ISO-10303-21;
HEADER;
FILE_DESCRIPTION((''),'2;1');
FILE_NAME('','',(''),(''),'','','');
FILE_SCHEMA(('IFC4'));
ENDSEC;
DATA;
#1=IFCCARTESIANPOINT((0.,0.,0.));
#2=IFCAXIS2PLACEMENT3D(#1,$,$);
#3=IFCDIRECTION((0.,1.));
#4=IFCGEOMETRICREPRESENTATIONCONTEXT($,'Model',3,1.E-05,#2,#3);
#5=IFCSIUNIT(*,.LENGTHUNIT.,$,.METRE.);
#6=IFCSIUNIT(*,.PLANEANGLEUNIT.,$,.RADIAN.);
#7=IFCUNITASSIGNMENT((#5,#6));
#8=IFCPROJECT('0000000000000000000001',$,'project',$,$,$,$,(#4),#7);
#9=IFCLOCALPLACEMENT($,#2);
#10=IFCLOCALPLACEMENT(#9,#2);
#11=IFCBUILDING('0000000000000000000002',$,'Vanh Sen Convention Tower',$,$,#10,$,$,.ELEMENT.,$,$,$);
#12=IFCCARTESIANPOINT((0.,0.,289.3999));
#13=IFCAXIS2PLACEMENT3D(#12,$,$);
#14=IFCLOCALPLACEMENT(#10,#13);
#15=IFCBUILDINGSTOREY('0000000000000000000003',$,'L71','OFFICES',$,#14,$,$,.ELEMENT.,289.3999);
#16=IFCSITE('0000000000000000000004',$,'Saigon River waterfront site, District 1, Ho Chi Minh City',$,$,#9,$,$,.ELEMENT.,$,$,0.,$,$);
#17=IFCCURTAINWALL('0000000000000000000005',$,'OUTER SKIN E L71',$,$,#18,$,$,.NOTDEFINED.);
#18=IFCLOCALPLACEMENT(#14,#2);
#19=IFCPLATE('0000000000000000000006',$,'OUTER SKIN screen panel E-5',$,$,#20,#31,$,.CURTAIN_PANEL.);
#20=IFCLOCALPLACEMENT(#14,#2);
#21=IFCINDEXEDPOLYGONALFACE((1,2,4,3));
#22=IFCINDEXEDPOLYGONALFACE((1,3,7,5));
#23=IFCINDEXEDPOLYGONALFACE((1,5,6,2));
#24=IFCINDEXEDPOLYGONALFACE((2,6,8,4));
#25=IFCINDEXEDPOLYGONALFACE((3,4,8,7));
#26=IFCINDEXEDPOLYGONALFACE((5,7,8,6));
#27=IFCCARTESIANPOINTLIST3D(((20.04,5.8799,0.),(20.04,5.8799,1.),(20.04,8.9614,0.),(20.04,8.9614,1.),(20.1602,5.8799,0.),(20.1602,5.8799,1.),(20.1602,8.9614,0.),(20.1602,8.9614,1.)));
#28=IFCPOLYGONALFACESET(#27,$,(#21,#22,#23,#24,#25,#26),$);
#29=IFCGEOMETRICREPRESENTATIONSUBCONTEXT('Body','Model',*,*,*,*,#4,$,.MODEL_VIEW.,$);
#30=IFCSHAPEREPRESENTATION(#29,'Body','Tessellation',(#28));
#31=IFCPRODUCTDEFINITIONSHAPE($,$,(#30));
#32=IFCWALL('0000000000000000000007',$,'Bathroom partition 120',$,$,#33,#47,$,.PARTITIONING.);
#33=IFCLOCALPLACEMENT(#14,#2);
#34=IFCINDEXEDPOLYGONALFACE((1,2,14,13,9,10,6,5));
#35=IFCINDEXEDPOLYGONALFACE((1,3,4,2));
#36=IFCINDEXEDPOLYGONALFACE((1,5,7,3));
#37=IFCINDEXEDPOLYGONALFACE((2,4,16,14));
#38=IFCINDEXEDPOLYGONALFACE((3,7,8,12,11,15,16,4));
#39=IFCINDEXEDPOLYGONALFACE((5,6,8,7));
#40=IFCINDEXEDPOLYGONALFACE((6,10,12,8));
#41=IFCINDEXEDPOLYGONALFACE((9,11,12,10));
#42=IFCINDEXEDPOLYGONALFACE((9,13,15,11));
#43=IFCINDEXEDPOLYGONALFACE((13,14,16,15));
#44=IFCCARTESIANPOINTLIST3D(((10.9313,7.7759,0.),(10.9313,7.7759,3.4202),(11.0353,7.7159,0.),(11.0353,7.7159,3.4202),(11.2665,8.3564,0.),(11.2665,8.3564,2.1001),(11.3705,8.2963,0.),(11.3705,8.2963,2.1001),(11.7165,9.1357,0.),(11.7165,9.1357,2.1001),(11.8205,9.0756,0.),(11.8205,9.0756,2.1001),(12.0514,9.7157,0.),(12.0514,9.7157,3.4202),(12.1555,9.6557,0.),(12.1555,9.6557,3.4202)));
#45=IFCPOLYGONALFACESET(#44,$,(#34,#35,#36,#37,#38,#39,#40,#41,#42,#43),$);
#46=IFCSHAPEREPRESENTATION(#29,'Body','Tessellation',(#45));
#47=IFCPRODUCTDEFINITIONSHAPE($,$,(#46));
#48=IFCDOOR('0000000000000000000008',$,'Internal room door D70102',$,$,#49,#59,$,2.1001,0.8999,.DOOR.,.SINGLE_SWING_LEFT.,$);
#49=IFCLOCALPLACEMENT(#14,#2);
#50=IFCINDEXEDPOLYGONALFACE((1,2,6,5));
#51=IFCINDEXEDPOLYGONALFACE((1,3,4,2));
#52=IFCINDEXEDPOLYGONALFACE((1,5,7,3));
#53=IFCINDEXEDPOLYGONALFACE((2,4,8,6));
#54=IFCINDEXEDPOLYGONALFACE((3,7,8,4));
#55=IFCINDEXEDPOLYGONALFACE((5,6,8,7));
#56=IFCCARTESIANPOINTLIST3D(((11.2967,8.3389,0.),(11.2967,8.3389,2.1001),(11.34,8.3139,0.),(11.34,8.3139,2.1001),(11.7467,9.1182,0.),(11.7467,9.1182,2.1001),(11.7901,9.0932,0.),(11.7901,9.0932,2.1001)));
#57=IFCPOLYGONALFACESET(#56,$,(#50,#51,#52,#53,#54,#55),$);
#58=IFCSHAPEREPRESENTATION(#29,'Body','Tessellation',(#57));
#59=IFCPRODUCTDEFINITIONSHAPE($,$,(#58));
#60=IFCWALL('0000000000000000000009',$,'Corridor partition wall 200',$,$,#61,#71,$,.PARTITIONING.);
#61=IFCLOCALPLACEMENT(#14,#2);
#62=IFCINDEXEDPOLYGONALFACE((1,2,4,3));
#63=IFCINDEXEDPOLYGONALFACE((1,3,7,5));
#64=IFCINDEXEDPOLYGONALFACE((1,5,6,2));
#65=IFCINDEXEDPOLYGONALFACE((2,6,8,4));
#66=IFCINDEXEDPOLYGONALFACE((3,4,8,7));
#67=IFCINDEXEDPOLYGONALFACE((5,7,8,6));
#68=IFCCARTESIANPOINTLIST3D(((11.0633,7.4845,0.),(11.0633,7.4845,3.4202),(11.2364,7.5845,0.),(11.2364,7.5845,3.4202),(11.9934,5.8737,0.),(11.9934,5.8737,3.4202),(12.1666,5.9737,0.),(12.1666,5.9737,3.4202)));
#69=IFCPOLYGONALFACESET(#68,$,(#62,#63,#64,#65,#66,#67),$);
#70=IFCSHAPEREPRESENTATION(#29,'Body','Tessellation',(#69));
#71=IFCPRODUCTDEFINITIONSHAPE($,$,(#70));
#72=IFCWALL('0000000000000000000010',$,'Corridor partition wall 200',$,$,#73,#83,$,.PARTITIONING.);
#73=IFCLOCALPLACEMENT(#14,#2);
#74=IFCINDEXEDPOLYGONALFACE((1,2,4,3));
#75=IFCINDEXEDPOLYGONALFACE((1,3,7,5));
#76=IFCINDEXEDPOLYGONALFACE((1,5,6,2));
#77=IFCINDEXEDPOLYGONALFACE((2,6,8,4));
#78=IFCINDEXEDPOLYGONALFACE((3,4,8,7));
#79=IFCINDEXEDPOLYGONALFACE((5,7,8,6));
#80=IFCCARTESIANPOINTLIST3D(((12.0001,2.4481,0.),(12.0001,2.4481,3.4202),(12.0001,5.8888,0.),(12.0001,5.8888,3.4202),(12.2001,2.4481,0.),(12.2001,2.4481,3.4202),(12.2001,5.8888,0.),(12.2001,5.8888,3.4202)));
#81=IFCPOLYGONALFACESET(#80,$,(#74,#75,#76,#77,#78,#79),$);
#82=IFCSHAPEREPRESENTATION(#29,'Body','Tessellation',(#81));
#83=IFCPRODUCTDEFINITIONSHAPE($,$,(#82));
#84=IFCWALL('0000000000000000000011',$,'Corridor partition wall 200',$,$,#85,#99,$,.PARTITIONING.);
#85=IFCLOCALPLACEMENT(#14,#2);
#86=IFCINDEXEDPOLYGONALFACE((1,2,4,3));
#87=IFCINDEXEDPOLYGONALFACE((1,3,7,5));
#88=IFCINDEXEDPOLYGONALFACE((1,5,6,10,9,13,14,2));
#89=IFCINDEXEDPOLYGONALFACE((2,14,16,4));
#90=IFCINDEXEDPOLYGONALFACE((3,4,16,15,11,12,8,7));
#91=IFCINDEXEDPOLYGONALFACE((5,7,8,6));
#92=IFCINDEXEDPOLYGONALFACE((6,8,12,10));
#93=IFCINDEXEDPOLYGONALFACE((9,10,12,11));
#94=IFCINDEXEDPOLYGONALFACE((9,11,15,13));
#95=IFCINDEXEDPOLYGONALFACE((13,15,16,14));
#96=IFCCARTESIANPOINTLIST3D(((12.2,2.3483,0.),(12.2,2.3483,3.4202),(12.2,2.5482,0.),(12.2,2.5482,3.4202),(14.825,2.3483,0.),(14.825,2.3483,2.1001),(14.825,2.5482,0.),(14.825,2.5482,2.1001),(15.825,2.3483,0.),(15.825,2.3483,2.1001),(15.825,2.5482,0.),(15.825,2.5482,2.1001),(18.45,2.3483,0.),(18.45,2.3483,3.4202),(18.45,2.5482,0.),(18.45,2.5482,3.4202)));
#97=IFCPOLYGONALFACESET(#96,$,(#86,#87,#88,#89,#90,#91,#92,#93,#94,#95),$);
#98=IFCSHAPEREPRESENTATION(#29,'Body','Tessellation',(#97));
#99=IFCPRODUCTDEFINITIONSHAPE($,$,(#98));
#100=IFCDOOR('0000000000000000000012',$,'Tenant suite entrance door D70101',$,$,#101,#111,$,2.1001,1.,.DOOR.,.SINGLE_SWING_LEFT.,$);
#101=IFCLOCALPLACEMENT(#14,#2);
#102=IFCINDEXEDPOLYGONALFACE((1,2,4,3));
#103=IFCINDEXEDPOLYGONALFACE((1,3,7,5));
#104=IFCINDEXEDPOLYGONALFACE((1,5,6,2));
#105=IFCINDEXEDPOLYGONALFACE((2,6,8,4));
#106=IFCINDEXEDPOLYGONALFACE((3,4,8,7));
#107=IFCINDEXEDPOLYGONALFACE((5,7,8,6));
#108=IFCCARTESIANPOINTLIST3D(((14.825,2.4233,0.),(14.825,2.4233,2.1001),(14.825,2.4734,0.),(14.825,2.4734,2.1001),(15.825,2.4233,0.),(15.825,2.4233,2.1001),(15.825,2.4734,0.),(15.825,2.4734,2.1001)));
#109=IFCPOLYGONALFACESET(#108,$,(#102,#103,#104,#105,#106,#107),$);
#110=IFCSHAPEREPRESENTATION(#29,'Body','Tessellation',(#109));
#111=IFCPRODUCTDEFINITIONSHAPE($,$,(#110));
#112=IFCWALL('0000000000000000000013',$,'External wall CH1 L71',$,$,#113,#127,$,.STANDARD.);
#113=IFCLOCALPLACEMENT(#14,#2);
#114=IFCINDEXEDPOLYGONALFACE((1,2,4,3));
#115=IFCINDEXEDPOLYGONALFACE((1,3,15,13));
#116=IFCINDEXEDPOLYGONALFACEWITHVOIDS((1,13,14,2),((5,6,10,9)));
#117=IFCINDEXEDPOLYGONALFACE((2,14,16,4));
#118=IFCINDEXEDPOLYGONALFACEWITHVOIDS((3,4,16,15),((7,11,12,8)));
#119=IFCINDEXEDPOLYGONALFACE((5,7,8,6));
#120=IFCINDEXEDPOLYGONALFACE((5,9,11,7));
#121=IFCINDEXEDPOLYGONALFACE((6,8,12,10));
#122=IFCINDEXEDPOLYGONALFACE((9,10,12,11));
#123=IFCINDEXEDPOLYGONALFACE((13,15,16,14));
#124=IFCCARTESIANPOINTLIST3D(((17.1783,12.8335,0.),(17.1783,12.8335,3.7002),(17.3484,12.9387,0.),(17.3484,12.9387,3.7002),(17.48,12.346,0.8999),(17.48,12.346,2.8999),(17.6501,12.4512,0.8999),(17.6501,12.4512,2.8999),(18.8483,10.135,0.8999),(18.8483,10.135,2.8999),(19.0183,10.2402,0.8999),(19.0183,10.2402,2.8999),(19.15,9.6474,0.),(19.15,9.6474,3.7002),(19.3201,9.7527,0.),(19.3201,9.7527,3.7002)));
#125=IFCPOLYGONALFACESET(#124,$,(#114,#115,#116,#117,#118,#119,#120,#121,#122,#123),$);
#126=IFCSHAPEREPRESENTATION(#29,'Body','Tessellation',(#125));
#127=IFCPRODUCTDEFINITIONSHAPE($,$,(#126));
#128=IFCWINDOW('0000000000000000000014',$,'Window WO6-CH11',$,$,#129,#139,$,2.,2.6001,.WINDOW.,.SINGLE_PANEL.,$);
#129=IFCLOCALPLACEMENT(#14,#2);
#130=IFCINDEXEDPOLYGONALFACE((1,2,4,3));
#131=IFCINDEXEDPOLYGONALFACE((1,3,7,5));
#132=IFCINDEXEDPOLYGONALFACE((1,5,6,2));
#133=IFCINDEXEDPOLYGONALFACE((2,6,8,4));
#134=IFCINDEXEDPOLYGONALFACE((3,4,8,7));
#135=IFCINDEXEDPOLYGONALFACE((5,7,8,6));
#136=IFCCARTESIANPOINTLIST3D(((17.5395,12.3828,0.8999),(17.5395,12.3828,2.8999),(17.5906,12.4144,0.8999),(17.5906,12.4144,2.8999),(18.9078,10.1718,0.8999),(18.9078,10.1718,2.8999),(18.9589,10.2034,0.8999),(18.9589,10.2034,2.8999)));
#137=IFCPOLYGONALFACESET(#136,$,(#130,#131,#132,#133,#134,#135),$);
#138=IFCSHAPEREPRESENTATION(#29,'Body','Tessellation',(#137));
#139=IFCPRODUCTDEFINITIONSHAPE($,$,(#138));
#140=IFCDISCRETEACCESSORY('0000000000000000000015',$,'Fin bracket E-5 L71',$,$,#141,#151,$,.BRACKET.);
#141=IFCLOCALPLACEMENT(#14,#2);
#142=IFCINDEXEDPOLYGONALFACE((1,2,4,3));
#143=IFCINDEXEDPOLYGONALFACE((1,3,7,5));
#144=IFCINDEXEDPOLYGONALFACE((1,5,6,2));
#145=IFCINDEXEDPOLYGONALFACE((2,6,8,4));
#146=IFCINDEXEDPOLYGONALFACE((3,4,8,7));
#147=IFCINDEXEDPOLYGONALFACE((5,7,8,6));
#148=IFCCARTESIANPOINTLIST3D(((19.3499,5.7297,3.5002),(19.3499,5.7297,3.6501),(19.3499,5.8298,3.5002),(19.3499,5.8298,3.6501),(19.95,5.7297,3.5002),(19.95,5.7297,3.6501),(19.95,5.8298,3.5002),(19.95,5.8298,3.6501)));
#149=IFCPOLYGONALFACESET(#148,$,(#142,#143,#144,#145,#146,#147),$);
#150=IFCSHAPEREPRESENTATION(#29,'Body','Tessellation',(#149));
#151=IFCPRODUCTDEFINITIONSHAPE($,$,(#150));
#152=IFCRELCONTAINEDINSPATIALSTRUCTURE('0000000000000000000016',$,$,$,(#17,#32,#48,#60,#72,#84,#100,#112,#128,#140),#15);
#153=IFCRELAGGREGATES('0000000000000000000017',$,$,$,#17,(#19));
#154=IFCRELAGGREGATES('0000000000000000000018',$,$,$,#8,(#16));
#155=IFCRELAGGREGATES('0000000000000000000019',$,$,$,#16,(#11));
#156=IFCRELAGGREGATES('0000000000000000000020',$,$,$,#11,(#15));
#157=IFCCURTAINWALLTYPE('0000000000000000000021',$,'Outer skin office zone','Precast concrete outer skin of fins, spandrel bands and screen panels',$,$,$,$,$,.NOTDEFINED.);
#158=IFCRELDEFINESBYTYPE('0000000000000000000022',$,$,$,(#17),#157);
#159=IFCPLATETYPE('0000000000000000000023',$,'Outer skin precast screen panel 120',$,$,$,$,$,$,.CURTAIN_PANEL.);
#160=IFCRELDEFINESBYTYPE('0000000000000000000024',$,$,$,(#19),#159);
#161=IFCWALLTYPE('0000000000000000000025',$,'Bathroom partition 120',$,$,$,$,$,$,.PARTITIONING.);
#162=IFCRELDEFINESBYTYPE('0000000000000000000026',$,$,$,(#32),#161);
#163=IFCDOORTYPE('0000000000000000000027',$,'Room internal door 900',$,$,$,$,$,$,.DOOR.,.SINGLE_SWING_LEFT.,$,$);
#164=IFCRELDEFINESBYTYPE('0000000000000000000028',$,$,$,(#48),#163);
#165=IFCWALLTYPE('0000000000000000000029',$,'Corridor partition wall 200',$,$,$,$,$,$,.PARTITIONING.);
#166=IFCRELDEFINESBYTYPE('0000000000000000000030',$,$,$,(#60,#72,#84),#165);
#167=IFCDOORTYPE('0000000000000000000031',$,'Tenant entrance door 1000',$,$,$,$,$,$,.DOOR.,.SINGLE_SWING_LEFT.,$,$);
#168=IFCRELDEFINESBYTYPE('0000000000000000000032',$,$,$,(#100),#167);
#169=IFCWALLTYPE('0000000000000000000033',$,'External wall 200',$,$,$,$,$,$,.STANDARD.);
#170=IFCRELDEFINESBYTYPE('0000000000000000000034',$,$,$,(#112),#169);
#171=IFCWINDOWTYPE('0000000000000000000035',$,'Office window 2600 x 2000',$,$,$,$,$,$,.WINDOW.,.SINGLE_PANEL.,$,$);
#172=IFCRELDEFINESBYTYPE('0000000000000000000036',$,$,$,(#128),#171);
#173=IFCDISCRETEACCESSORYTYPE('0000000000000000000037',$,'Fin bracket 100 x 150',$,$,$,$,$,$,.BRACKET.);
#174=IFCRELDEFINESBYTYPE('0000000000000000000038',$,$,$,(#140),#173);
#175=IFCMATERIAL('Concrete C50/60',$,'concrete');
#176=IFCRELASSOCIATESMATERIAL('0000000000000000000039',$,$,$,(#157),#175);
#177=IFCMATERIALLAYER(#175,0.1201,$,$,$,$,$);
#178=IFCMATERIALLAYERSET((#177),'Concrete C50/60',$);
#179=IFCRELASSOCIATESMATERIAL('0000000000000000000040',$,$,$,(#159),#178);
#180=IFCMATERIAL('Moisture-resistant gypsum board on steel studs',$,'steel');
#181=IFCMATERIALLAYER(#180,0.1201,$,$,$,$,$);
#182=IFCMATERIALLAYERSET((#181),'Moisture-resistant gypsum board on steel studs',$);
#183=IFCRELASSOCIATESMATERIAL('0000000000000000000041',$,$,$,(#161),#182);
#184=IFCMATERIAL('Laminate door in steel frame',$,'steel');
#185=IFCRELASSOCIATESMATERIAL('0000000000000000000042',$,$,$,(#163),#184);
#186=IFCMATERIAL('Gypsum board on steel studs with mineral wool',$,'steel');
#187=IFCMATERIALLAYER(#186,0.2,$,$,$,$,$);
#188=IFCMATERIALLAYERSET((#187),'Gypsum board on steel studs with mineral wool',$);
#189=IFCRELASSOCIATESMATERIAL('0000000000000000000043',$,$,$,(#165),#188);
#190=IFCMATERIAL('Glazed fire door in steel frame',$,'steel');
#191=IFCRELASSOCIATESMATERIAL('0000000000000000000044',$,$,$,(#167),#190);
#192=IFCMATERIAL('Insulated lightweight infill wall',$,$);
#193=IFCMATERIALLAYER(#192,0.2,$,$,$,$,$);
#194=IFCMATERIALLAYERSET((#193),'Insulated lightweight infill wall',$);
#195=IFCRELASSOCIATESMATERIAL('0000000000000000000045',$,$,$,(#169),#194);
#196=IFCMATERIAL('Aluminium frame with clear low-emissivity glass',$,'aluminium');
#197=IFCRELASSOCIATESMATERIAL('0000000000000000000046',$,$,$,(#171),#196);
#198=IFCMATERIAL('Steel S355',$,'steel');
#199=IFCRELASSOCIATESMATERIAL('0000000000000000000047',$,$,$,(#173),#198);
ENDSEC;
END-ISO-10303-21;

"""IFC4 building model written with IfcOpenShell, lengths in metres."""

from ifc_helpers import new_model, si_unit, direction, frame, frame_2d, origin, origin_2d, place, context, subcontext, project, spatial, rectangle, extrude, material, layer, layer_set, type_object, element, fill, aggregate, save


model = new_model("IFC4")

# Units and contexts
model_context = context("Model", 3, precision=1e-05, world=origin(), true_north=direction((0.0, 1.0)))
body_context = subcontext(model_context, "Body", "Model", "MODEL_VIEW")
ifc_project = project(units=[si_unit("LENGTHUNIT", "METRE"), si_unit("PLANEANGLEUNIT", "RADIAN")], contexts=[model_context])

# Site, building, storey
site_placement = place(None, origin())
site = spatial("IfcSite", under=ifc_project, at=site_placement, Name="Saigon River waterfront site, District 1, Ho Chi Minh City", CompositionType="ELEMENT", RefElevation=0.0)
building_placement = place(site_placement, origin())
building = spatial("IfcBuilding", under=site, at=building_placement, Name="Vanh Sen Convention Tower", CompositionType="ELEMENT")
storey_placement = place(building_placement, frame((0.0, 0.0, 289.3999)))
storey = spatial("IfcBuildingStorey", under=building, at=storey_placement, Name="L71", Description="OFFICES", CompositionType="ELEMENT", Elevation=289.3999)

# Curtain wall
ifc_material_1 = material(Name="Concrete C50/60", Category="concrete")
curtain_wall_type = type_object("IfcCurtainWallType", Name="Outer skin office zone", Description="Precast concrete outer skin of fins, spandrel bands and screen panels", PredefinedType="NOTDEFINED", material=ifc_material_1)
curtain_wall_1_placement = place(storey_placement, origin())
curtain_wall_1 = element("IfcCurtainWall", 1, at=curtain_wall_1_placement, inside=storey, type_object=curtain_wall_type, Name="OUTER SKIN E L71", PredefinedType="NOTDEFINED")

# Plate
ifc_layer_1 = layer(ifc_material_1, 0.1201)
ifc_layer_set_1 = layer_set([ifc_layer_1], Name="Concrete C50/60")
plate_type = type_object("IfcPlateType", Name="Outer skin precast screen panel 120", PredefinedType="CURTAIN_PANEL", material=ifc_layer_set_1)
plate_1_placement = place(storey_placement, frame((20.1001, 7.4207, 0.0), z_axis=(0.0, 0.0, 1.0), x_axis=(0.0, 1.0, 0.0)))
plate_1 = element("IfcPlate", 2, at=plate_1_placement, type_object=plate_type, Name="OUTER SKIN screen panel E-5", PredefinedType="CURTAIN_PANEL", context=body_context, shape_type="SweptSolid", body=[
    extrude(rectangle(XDim=3.0815, YDim=0.1201, at=origin_2d()), origin(), (0.0, 0.0, 1.0), 1.0),
])
aggregate(curtain_wall_1, [plate_1])

# Wall, opening, door
ifc_material_2 = material(Name="Moisture-resistant gypsum board on steel studs", Category="steel")
ifc_layer_2 = layer(ifc_material_2, 0.1201)
ifc_layer_set_2 = layer_set([ifc_layer_2], Name="Moisture-resistant gypsum board on steel studs")
wall_type_1 = type_object("IfcWallType", Name="Bathroom partition 120", PredefinedType="PARTITIONING", material=ifc_layer_set_2)
wall_1_placement = place(storey_placement, frame((12.1035, 9.6858, 0.0), z_axis=(0.0, 0.0, 1.0), x_axis=(-0.500078, -0.86598, 0.0)))
wall_1 = element("IfcWall", 3, at=wall_1_placement, inside=storey, type_object=wall_type_1, Name="Bathroom partition 120", PredefinedType="PARTITIONING", context=body_context, shape_type="SweptSolid", body=[
    extrude(rectangle(XDim=2.24, YDim=0.1201, at=frame_2d((1.1201, 0.0))), origin(), (0.0, 0.0, 1.0), 3.4202),
])
opening_1_placement = place(wall_1_placement, frame((0.6699, 0.0, 0.0)))
opening_1 = element("IfcOpeningElement", 4, at=opening_1_placement, cuts=wall_1, PredefinedType="OPENING", context=body_context, shape_type="SweptSolid", body=[
    extrude(rectangle(XDim=0.8999, YDim=2.1001, at=frame_2d((0.45, 1.05))), frame((0.0, 0.0701, 0.0), z_axis=(0.0, -1.0, 0.0), x_axis=(1.0, 0.0, 0.0)), (0.0, 0.0, 1.0), 0.1401),
])
ifc_material_3 = material(Name="Laminate door in steel frame", Category="steel")
door_type_1 = type_object("IfcDoorType", Name="Room internal door 900", OperationType="SINGLE_SWING_LEFT", PredefinedType="DOOR", material=ifc_material_3)
door_1_placement = place(opening_1_placement, origin())
door_1 = element("IfcDoor", 5, at=door_1_placement, inside=storey, type_object=door_type_1, Name="Internal room door D70102", OperationType="SINGLE_SWING_LEFT", OverallHeight=2.1001, OverallWidth=0.8999, PredefinedType="DOOR", context=body_context, shape_type="SweptSolid", body=[
    extrude(rectangle(XDim=0.8999, YDim=2.1001, at=frame_2d((0.45, 1.05))), frame((0.0, 0.0249, 0.0), z_axis=(0.0, -1.0, 0.0), x_axis=(1.0, 0.0, 0.0)), (0.0, 0.0, 1.0), 0.05),
])
fill(opening_1, door_1)

# Walls
ifc_material_4 = material(Name="Gypsum board on steel studs with mineral wool", Category="steel")
ifc_layer_3 = layer(ifc_material_4, 0.2)
ifc_layer_set_3 = layer_set([ifc_layer_3], Name="Gypsum board on steel studs with mineral wool")
wall_type_2 = type_object("IfcWallType", Name="Corridor partition wall 200", PredefinedType="PARTITIONING", material=ifc_layer_set_3)
wall_2_placement = place(storey_placement, frame((12.0801, 5.9236, 0.0), z_axis=(0.0, 0.0, 1.0), x_axis=(-0.500063, 0.865989, 0.0)))
element("IfcWall", 6, at=wall_2_placement, inside=storey, type_object=wall_type_2, Name="Corridor partition wall 200", PredefinedType="PARTITIONING", context=body_context, shape_type="SweptSolid", body=[
    extrude(rectangle(XDim=1.8601, YDim=0.2, at=frame_2d((0.9302, 0.0))), origin(), (0.0, 0.0, 1.0), 3.4202),
])
wall_3_placement = place(storey_placement, frame((12.1001, 2.4482, 0.0), z_axis=(0.0, 0.0, 1.0), x_axis=(0.0, 1.0, 0.0)))
element("IfcWall", 7, at=wall_3_placement, inside=storey, type_object=wall_type_2, Name="Corridor partition wall 200", PredefinedType="PARTITIONING", context=body_context, shape_type="SweptSolid", body=[
    extrude(rectangle(XDim=3.4407, YDim=0.2, at=frame_2d((1.7202, 0.0))), origin(), (0.0, 0.0, 1.0), 3.4202),
])

# Wall, opening, door
wall_4_placement = place(storey_placement, frame((18.45, 2.4482, 0.0), z_axis=(0.0, 0.0, 1.0), x_axis=(-1.0, 0.0, 0.0)))
wall_4 = element("IfcWall", 8, at=wall_4_placement, inside=storey, type_object=wall_type_2, Name="Corridor partition wall 200", PredefinedType="PARTITIONING", context=body_context, shape_type="SweptSolid", body=[
    extrude(rectangle(XDim=6.25, YDim=0.2, at=frame_2d((3.125, 0.0))), origin(), (0.0, 0.0, 1.0), 3.4202),
])
opening_2_placement = place(wall_4_placement, frame((2.625, 0.0, 0.0)))
opening_2 = element("IfcOpeningElement", 9, at=opening_2_placement, cuts=wall_4, PredefinedType="OPENING", context=body_context, shape_type="SweptSolid", body=[
    extrude(rectangle(XDim=1.0, YDim=2.1001, at=frame_2d((0.5, 1.05))), frame((0.0, 0.1099, 0.0), z_axis=(0.0, -1.0, 0.0), x_axis=(1.0, 0.0, 0.0)), (0.0, 0.0, 1.0), 0.22),
])
ifc_material_5 = material(Name="Glazed fire door in steel frame", Category="steel")
door_type_2 = type_object("IfcDoorType", Name="Tenant entrance door 1000", OperationType="SINGLE_SWING_LEFT", PredefinedType="DOOR", material=ifc_material_5)
door_2_placement = place(opening_2_placement, origin())
door_2 = element("IfcDoor", 10, at=door_2_placement, inside=storey, type_object=door_type_2, Name="Tenant suite entrance door D70101", OperationType="SINGLE_SWING_LEFT", OverallHeight=2.1001, OverallWidth=1.0, PredefinedType="DOOR", context=body_context, shape_type="SweptSolid", body=[
    extrude(rectangle(XDim=1.0, YDim=2.1001, at=frame_2d((0.5, 1.05))), frame((0.0, 0.0249, 0.0), z_axis=(0.0, -1.0, 0.0), x_axis=(1.0, 0.0, 0.0)), (0.0, 0.0, 1.0), 0.05),
])
fill(opening_2, door_2)

# Wall, opening, window
ifc_material_6 = material(Name="Insulated lightweight infill wall")
ifc_layer_4 = layer(ifc_material_6, 0.2)
ifc_layer_set_4 = layer_set([ifc_layer_4], Name="Insulated lightweight infill wall")
wall_type_3 = type_object("IfcWallType", Name="External wall 200", PredefinedType="STANDARD", material=ifc_layer_set_4)
wall_5_placement = place(storey_placement, frame((19.2351, 9.7, 0.0), z_axis=(0.0, 0.0, 1.0), x_axis=(-0.526233, 0.85034, 0.0)))
wall_5 = element("IfcWall", 11, at=wall_5_placement, inside=storey, type_object=wall_type_3, Name="External wall CH1 L71", PredefinedType="STANDARD", context=body_context, shape_type="SweptSolid", body=[
    extrude(rectangle(XDim=3.7468, YDim=0.2, at=frame_2d((1.8735, 0.0))), origin(), (0.0, 0.0, 1.0), 3.7002),
])
opening_3_placement = place(wall_5_placement, frame((0.5735, 0.0, 0.8999)))
opening_3 = element("IfcOpeningElement", 12, at=opening_3_placement, cuts=wall_5, PredefinedType="OPENING", context=body_context, shape_type="SweptSolid", body=[
    extrude(rectangle(XDim=2.6001, YDim=2.0, at=frame_2d((1.3, 1.0))), frame((0.0, 0.1099, 0.0), z_axis=(0.0, -1.0, 0.0), x_axis=(1.0, 0.0, 0.0)), (0.0, 0.0, 1.0), 0.22),
])
ifc_material_7 = material(Name="Aluminium frame with clear low-emissivity glass", Category="aluminium")
window_type = type_object("IfcWindowType", Name="Office window 2600 x 2000", PartitioningType="SINGLE_PANEL", PredefinedType="WINDOW", material=ifc_material_7)
window_placement = place(opening_3_placement, origin())
window = element("IfcWindow", 13, at=window_placement, inside=storey, type_object=window_type, Name="Window WO6-CH11", OverallHeight=2.0, OverallWidth=2.6001, PartitioningType="SINGLE_PANEL", PredefinedType="WINDOW", context=body_context, shape_type="SweptSolid", body=[
    extrude(rectangle(XDim=2.6001, YDim=2.0, at=frame_2d((1.3, 1.0))), frame((0.0, 0.03, 0.0), z_axis=(0.0, -1.0, 0.0), x_axis=(1.0, 0.0, 0.0)), (0.0, 0.0, 1.0), 0.0601),
])
fill(opening_3, window)

# Discrete accessory
ifc_material_8 = material(Name="Steel S355", Category="steel")
discrete_accessory_type = type_object("IfcDiscreteAccessoryType", Name="Fin bracket 100 x 150", PredefinedType="BRACKET", material=ifc_material_8)
discrete_accessory_placement = place(storey_placement, frame((19.6499, 5.7798, 3.5002), z_axis=(0.0, 0.0, 1.0), x_axis=(1.0, 0.0, 0.0)))
element("IfcDiscreteAccessory", 14, at=discrete_accessory_placement, inside=storey, type_object=discrete_accessory_type, Name="Fin bracket E-5 L71", PredefinedType="BRACKET", context=body_context, shape_type="SweptSolid", body=[
    extrude(rectangle(XDim=0.6001, YDim=0.1001, at=origin_2d()), origin(), (0.0, 0.0, 1.0), 0.1499),
])

save(model, "model.ifc")
